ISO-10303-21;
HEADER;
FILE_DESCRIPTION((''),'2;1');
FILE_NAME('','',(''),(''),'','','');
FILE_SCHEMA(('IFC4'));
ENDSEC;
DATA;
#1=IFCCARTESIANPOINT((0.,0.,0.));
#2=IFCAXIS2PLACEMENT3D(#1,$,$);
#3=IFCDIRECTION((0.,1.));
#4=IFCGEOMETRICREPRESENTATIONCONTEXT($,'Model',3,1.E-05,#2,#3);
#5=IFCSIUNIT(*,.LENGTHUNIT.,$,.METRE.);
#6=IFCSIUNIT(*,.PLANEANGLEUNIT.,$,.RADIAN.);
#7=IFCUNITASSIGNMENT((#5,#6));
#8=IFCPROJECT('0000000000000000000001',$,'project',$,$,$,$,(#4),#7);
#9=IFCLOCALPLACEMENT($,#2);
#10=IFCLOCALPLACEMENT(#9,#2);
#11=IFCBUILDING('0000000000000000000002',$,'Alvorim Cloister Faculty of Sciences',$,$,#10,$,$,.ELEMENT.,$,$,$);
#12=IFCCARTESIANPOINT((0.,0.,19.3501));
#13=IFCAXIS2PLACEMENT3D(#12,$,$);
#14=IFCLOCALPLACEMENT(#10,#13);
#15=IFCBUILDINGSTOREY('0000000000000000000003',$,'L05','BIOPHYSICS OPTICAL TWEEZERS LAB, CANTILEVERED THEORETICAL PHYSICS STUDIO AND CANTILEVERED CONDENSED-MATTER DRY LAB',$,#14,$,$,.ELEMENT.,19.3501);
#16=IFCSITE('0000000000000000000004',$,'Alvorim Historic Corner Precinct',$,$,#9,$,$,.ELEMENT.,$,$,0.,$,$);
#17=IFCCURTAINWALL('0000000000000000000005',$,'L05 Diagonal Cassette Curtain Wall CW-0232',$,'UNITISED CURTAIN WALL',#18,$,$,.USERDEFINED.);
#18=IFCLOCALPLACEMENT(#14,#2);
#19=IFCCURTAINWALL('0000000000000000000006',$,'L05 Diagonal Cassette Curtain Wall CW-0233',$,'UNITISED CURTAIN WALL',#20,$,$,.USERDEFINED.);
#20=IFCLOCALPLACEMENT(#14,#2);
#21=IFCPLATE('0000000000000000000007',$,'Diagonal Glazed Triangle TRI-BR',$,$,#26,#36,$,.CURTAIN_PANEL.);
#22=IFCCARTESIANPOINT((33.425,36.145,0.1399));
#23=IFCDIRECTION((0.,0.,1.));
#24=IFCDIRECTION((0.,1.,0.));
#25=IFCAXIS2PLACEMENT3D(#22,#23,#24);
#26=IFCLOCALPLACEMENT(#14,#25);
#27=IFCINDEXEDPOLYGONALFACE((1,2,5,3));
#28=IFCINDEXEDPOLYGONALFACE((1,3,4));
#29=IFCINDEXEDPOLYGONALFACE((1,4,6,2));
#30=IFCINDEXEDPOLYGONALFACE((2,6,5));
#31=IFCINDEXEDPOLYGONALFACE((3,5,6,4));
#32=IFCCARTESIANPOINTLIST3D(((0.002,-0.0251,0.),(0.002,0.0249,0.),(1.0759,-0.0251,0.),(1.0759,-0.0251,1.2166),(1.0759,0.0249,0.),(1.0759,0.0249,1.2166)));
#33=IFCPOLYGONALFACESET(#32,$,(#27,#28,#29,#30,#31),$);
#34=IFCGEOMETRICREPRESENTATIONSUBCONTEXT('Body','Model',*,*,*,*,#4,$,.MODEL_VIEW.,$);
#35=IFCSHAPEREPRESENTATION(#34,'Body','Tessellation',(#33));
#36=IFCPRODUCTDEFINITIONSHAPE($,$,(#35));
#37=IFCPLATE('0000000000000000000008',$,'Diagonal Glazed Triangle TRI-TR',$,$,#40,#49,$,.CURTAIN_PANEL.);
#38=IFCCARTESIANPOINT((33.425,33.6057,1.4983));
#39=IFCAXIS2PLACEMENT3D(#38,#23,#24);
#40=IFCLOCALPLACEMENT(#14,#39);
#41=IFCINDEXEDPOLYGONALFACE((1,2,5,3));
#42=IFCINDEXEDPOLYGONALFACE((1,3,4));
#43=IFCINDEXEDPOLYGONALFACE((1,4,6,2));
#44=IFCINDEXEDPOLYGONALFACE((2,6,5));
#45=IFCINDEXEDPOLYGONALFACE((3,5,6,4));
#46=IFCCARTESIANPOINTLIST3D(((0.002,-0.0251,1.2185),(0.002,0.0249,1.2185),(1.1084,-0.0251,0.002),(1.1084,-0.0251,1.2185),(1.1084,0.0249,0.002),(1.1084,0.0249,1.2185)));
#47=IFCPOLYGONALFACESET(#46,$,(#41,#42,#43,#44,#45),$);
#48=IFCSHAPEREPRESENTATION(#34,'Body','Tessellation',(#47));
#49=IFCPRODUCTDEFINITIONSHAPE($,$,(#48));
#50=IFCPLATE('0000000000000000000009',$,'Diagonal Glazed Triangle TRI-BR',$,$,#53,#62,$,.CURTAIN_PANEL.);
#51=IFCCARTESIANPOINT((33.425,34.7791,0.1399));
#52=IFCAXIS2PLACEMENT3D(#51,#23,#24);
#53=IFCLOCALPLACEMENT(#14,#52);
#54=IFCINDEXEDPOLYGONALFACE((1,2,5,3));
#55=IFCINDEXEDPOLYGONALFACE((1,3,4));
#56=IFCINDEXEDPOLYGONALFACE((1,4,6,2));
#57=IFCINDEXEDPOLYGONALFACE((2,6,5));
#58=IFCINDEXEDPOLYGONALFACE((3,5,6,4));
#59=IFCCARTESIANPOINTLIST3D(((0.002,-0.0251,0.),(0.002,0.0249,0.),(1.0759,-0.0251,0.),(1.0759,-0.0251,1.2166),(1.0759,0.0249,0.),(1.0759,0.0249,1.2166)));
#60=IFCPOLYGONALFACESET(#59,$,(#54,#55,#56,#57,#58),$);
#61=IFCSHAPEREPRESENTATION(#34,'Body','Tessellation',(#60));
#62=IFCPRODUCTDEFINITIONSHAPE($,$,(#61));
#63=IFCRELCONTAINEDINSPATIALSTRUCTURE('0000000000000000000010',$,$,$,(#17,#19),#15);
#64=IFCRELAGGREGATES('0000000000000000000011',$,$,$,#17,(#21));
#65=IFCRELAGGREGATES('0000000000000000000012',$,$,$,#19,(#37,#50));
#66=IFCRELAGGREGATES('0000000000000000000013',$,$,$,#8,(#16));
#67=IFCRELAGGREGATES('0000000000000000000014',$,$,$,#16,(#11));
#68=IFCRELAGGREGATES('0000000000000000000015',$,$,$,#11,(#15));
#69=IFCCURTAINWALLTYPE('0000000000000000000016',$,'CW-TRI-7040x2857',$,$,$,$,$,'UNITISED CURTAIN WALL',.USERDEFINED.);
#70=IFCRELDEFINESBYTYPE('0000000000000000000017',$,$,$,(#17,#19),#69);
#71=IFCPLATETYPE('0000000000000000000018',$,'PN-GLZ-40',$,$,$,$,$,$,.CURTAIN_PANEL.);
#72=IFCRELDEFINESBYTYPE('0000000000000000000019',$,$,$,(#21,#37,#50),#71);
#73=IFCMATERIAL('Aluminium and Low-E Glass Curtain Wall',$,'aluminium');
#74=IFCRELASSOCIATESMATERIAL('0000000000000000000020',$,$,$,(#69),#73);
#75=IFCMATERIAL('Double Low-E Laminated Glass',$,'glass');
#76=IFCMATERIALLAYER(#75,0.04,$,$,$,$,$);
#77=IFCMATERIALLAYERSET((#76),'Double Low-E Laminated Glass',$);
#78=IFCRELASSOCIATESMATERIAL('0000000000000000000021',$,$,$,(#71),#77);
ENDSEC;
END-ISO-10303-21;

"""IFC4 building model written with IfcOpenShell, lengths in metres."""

from ifc_helpers import new_model, si_unit, direction, frame, origin, place, context, subcontext, project, spatial, polyline, outline, extrude, material, layer, layer_set, type_object, element, aggregate, save


model = new_model("IFC4")

# Units and contexts
model_context = context("Model", 3, precision=1e-05, world=origin(), true_north=direction((0.0, 1.0)))
body_context = subcontext(model_context, "Body", "Model", "MODEL_VIEW")
ifc_project = project(units=[si_unit("LENGTHUNIT", "METRE"), si_unit("PLANEANGLEUNIT", "RADIAN")], contexts=[model_context])

# Site, building, storey
site_placement = place(None, origin())
site = spatial("IfcSite", under=ifc_project, at=site_placement, Name="Alvorim Historic Corner Precinct", CompositionType="ELEMENT", RefElevation=0.0)
building_placement = place(site_placement, origin())
building = spatial("IfcBuilding", under=site, at=building_placement, Name="Alvorim Cloister Faculty of Sciences", CompositionType="ELEMENT")
storey_placement = place(building_placement, frame((0.0, 0.0, 19.3501)))
storey = spatial("IfcBuildingStorey", under=building, at=storey_placement, Name="L05", Description="BIOPHYSICS OPTICAL TWEEZERS LAB, CANTILEVERED THEORETICAL PHYSICS STUDIO AND CANTILEVERED CONDENSED-MATTER DRY LAB", CompositionType="ELEMENT", Elevation=19.3501)

# Curtain walls
ifc_material_1 = material(Name="Aluminium and Low-E Glass Curtain Wall", Category="aluminium")
curtain_wall_type = type_object("IfcCurtainWallType", Name="CW-TRI-7040x2857", ElementType="UNITISED CURTAIN WALL", PredefinedType="USERDEFINED", material=ifc_material_1)
curtain_wall_1_placement = place(storey_placement, origin())
curtain_wall_1 = element("IfcCurtainWall", 1, at=curtain_wall_1_placement, inside=storey, type_object=curtain_wall_type, Name="L05 Diagonal Cassette Curtain Wall CW-0232", ObjectType="UNITISED CURTAIN WALL", PredefinedType="USERDEFINED")
curtain_wall_2_placement = place(storey_placement, origin())
curtain_wall_2 = element("IfcCurtainWall", 2, at=curtain_wall_2_placement, inside=storey, type_object=curtain_wall_type, Name="L05 Diagonal Cassette Curtain Wall CW-0233", ObjectType="UNITISED CURTAIN WALL", PredefinedType="USERDEFINED")

# Plates
ifc_material_2 = material(Name="Double Low-E Laminated Glass", Category="glass")
ifc_layer_1 = layer(ifc_material_2, 0.04)
ifc_layer_set_1 = layer_set([ifc_layer_1], Name="Double Low-E Laminated Glass")
plate_type = type_object("IfcPlateType", Name="PN-GLZ-40", PredefinedType="CURTAIN_PANEL", material=ifc_layer_set_1)
plate_1_placement = place(storey_placement, frame((33.425, 36.145, 0.1399), z_axis=(0.0, 0.0, 1.0), x_axis=(0.0, 1.0, 0.0)))
plate_1 = element("IfcPlate", 3, at=plate_1_placement, type_object=plate_type, Name="Diagonal Glazed Triangle TRI-BR", PredefinedType="CURTAIN_PANEL", context=body_context, shape_type="SweptSolid", body=[
    extrude(outline(polyline([(0.002, 0.0), (1.0759, 0.0), (1.0759, 1.2166), (0.002, 0.0)])), frame((0.0, 0.0249, 0.0), z_axis=(0.0, -1.0, 0.0), x_axis=(1.0, 0.0, 0.0)), (0.0, 0.0, 1.0), 0.05),
])
aggregate(curtain_wall_1, [plate_1])
plate_2_placement = place(storey_placement, frame((33.425, 33.6057, 1.4983), z_axis=(0.0, 0.0, 1.0), x_axis=(0.0, 1.0, 0.0)))
plate_2 = element("IfcPlate", 4, at=plate_2_placement, type_object=plate_type, Name="Diagonal Glazed Triangle TRI-TR", PredefinedType="CURTAIN_PANEL", context=body_context, shape_type="SweptSolid", body=[
    extrude(outline(polyline([(1.1084, 0.002), (1.1084, 1.2185), (0.002, 1.2185), (1.1084, 0.002)])), frame((0.0, 0.0249, 0.0), z_axis=(0.0, -1.0, 0.0), x_axis=(1.0, 0.0, 0.0)), (0.0, 0.0, 1.0), 0.05),
])
plate_3_placement = place(storey_placement, frame((33.425, 34.7791, 0.1399), z_axis=(0.0, 0.0, 1.0), x_axis=(0.0, 1.0, 0.0)))
plate_3 = element("IfcPlate", 5, at=plate_3_placement, type_object=plate_type, Name="Diagonal Glazed Triangle TRI-BR", PredefinedType="CURTAIN_PANEL", context=body_context, shape_type="SweptSolid", body=[
    extrude(outline(polyline([(0.002, 0.0), (1.0759, 0.0), (1.0759, 1.2166), (0.002, 0.0)])), frame((0.0, 0.0249, 0.0), z_axis=(0.0, -1.0, 0.0), x_axis=(1.0, 0.0, 0.0)), (0.0, 0.0, 1.0), 0.05),
])
aggregate(curtain_wall_2, [plate_2, plate_3])

save(model, "model.ifc")
